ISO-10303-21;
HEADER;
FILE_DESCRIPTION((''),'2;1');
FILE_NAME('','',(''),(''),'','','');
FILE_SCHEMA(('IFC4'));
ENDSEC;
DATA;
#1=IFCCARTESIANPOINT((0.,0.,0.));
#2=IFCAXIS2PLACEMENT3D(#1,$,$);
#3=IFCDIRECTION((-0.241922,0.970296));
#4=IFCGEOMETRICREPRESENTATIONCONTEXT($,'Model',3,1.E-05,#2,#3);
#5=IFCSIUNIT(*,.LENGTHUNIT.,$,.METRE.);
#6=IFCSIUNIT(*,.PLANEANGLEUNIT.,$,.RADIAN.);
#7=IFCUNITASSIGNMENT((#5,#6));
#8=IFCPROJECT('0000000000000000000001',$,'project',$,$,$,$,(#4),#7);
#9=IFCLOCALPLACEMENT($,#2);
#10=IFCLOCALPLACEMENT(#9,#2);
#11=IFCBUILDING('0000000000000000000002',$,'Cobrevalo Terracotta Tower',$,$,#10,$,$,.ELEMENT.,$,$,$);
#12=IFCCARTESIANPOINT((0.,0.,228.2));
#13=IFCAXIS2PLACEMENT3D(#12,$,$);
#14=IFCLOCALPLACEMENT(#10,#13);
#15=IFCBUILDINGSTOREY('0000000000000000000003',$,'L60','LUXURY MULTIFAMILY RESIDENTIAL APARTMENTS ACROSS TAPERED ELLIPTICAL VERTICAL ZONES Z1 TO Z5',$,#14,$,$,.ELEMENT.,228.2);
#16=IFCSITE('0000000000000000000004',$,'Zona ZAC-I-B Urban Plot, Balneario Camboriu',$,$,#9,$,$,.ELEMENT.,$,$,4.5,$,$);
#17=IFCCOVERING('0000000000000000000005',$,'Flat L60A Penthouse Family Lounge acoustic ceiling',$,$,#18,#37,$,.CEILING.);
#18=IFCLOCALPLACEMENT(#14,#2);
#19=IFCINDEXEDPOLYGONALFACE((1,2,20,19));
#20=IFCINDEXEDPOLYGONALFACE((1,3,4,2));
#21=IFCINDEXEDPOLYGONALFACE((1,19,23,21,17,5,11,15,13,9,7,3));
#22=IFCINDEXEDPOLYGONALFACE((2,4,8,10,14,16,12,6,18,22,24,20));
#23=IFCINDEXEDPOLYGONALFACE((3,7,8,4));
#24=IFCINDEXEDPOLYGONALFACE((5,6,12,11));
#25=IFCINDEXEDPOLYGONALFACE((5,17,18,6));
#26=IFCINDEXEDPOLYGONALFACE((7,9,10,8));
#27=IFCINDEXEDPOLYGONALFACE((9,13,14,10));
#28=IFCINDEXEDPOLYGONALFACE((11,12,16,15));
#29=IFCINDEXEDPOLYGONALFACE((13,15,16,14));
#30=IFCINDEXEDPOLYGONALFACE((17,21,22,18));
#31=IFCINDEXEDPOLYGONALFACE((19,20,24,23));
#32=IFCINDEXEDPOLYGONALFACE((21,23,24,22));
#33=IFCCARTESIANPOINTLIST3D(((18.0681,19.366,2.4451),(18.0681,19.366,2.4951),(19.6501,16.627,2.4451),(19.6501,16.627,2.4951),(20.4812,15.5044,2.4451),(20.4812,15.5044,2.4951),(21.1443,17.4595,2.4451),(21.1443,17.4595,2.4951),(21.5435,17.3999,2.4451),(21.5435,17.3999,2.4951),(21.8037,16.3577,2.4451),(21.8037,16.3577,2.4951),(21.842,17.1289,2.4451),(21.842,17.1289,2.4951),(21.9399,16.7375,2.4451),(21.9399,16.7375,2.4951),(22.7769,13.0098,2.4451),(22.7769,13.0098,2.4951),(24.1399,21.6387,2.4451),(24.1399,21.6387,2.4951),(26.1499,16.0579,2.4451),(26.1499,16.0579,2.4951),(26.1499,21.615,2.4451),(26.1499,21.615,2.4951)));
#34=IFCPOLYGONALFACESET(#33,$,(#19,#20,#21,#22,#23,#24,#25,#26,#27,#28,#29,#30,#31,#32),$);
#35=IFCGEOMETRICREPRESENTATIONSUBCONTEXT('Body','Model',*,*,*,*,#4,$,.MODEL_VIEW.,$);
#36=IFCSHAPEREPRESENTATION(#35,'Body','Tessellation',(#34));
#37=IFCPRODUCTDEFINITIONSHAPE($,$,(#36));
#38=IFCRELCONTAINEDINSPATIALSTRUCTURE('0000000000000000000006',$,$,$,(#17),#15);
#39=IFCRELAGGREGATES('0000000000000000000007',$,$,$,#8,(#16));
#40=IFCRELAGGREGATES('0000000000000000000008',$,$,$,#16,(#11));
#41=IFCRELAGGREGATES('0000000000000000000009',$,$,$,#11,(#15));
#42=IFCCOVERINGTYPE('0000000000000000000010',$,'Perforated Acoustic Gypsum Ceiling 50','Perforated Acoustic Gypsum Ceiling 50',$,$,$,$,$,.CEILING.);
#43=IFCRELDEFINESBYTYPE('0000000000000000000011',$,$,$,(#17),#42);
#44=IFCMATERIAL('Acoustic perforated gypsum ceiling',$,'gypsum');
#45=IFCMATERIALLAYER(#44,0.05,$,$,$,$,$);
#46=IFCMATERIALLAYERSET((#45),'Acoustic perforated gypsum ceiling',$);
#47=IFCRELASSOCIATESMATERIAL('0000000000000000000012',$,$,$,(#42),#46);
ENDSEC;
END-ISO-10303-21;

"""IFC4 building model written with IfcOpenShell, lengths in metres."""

from ifc_helpers import new_model, si_unit, direction, frame, origin, place, context, subcontext, project, spatial, polyline, outline, extrude, material, layer, layer_set, type_object, element, save


model = new_model("IFC4")

# Units and contexts
model_context = context("Model", 3, precision=1e-05, world=origin(), true_north=direction((-0.241922, 0.970296)))
body_context = subcontext(model_context, "Body", "Model", "MODEL_VIEW")
ifc_project = project(units=[si_unit("LENGTHUNIT", "METRE"), si_unit("PLANEANGLEUNIT", "RADIAN")], contexts=[model_context])

# Site, building, storey
site_placement = place(None, origin())
site = spatial("IfcSite", under=ifc_project, at=site_placement, Name="Zona ZAC-I-B Urban Plot, Balneario Camboriu", CompositionType="ELEMENT", RefElevation=4.5)
building_placement = place(site_placement, origin())
building = spatial("IfcBuilding", under=site, at=building_placement, Name="Cobrevalo Terracotta Tower", CompositionType="ELEMENT")
storey_placement = place(building_placement, frame((0.0, 0.0, 228.2)))
storey = spatial("IfcBuildingStorey", under=building, at=storey_placement, Name="L60", Description="LUXURY MULTIFAMILY RESIDENTIAL APARTMENTS ACROSS TAPERED ELLIPTICAL VERTICAL ZONES Z1 TO Z5", CompositionType="ELEMENT", Elevation=228.2)

# Covering
ifc_material_1 = material(Name="Acoustic perforated gypsum ceiling", Category="gypsum")
ifc_layer_1 = layer(ifc_material_1, 0.05)
ifc_layer_set_1 = layer_set([ifc_layer_1], Name="Acoustic perforated gypsum ceiling")
covering_type_1 = type_object("IfcCoveringType", Name="Perforated Acoustic Gypsum Ceiling 50", Description="Perforated Acoustic Gypsum Ceiling 50", PredefinedType="CEILING", material=ifc_layer_set_1)
covering_1_placement = place(storey_placement, frame((0.0, 0.0, 2.4451)))
element("IfcCovering", 1, at=covering_1_placement, inside=storey, type_object=covering_type_1, Name="Flat L60A Penthouse Family Lounge acoustic ceiling", PredefinedType="CEILING", context=body_context, shape_type="SweptSolid", body=[
    extrude(outline(polyline([(22.7769, 13.0098), (20.4812, 15.5044), (21.8037, 16.3577), (21.9399, 16.7375), (21.842, 17.1289), (21.5435, 17.3999), (21.1443, 17.4595), (19.6501, 16.627), (18.0681, 19.366), (24.1399, 21.6387), (26.1499, 21.615), (26.1499, 16.0579), (22.7769, 13.0098)])), origin(), (0.0, 0.0, 1.0), 0.05),
])

save(model, "model.ifc")
